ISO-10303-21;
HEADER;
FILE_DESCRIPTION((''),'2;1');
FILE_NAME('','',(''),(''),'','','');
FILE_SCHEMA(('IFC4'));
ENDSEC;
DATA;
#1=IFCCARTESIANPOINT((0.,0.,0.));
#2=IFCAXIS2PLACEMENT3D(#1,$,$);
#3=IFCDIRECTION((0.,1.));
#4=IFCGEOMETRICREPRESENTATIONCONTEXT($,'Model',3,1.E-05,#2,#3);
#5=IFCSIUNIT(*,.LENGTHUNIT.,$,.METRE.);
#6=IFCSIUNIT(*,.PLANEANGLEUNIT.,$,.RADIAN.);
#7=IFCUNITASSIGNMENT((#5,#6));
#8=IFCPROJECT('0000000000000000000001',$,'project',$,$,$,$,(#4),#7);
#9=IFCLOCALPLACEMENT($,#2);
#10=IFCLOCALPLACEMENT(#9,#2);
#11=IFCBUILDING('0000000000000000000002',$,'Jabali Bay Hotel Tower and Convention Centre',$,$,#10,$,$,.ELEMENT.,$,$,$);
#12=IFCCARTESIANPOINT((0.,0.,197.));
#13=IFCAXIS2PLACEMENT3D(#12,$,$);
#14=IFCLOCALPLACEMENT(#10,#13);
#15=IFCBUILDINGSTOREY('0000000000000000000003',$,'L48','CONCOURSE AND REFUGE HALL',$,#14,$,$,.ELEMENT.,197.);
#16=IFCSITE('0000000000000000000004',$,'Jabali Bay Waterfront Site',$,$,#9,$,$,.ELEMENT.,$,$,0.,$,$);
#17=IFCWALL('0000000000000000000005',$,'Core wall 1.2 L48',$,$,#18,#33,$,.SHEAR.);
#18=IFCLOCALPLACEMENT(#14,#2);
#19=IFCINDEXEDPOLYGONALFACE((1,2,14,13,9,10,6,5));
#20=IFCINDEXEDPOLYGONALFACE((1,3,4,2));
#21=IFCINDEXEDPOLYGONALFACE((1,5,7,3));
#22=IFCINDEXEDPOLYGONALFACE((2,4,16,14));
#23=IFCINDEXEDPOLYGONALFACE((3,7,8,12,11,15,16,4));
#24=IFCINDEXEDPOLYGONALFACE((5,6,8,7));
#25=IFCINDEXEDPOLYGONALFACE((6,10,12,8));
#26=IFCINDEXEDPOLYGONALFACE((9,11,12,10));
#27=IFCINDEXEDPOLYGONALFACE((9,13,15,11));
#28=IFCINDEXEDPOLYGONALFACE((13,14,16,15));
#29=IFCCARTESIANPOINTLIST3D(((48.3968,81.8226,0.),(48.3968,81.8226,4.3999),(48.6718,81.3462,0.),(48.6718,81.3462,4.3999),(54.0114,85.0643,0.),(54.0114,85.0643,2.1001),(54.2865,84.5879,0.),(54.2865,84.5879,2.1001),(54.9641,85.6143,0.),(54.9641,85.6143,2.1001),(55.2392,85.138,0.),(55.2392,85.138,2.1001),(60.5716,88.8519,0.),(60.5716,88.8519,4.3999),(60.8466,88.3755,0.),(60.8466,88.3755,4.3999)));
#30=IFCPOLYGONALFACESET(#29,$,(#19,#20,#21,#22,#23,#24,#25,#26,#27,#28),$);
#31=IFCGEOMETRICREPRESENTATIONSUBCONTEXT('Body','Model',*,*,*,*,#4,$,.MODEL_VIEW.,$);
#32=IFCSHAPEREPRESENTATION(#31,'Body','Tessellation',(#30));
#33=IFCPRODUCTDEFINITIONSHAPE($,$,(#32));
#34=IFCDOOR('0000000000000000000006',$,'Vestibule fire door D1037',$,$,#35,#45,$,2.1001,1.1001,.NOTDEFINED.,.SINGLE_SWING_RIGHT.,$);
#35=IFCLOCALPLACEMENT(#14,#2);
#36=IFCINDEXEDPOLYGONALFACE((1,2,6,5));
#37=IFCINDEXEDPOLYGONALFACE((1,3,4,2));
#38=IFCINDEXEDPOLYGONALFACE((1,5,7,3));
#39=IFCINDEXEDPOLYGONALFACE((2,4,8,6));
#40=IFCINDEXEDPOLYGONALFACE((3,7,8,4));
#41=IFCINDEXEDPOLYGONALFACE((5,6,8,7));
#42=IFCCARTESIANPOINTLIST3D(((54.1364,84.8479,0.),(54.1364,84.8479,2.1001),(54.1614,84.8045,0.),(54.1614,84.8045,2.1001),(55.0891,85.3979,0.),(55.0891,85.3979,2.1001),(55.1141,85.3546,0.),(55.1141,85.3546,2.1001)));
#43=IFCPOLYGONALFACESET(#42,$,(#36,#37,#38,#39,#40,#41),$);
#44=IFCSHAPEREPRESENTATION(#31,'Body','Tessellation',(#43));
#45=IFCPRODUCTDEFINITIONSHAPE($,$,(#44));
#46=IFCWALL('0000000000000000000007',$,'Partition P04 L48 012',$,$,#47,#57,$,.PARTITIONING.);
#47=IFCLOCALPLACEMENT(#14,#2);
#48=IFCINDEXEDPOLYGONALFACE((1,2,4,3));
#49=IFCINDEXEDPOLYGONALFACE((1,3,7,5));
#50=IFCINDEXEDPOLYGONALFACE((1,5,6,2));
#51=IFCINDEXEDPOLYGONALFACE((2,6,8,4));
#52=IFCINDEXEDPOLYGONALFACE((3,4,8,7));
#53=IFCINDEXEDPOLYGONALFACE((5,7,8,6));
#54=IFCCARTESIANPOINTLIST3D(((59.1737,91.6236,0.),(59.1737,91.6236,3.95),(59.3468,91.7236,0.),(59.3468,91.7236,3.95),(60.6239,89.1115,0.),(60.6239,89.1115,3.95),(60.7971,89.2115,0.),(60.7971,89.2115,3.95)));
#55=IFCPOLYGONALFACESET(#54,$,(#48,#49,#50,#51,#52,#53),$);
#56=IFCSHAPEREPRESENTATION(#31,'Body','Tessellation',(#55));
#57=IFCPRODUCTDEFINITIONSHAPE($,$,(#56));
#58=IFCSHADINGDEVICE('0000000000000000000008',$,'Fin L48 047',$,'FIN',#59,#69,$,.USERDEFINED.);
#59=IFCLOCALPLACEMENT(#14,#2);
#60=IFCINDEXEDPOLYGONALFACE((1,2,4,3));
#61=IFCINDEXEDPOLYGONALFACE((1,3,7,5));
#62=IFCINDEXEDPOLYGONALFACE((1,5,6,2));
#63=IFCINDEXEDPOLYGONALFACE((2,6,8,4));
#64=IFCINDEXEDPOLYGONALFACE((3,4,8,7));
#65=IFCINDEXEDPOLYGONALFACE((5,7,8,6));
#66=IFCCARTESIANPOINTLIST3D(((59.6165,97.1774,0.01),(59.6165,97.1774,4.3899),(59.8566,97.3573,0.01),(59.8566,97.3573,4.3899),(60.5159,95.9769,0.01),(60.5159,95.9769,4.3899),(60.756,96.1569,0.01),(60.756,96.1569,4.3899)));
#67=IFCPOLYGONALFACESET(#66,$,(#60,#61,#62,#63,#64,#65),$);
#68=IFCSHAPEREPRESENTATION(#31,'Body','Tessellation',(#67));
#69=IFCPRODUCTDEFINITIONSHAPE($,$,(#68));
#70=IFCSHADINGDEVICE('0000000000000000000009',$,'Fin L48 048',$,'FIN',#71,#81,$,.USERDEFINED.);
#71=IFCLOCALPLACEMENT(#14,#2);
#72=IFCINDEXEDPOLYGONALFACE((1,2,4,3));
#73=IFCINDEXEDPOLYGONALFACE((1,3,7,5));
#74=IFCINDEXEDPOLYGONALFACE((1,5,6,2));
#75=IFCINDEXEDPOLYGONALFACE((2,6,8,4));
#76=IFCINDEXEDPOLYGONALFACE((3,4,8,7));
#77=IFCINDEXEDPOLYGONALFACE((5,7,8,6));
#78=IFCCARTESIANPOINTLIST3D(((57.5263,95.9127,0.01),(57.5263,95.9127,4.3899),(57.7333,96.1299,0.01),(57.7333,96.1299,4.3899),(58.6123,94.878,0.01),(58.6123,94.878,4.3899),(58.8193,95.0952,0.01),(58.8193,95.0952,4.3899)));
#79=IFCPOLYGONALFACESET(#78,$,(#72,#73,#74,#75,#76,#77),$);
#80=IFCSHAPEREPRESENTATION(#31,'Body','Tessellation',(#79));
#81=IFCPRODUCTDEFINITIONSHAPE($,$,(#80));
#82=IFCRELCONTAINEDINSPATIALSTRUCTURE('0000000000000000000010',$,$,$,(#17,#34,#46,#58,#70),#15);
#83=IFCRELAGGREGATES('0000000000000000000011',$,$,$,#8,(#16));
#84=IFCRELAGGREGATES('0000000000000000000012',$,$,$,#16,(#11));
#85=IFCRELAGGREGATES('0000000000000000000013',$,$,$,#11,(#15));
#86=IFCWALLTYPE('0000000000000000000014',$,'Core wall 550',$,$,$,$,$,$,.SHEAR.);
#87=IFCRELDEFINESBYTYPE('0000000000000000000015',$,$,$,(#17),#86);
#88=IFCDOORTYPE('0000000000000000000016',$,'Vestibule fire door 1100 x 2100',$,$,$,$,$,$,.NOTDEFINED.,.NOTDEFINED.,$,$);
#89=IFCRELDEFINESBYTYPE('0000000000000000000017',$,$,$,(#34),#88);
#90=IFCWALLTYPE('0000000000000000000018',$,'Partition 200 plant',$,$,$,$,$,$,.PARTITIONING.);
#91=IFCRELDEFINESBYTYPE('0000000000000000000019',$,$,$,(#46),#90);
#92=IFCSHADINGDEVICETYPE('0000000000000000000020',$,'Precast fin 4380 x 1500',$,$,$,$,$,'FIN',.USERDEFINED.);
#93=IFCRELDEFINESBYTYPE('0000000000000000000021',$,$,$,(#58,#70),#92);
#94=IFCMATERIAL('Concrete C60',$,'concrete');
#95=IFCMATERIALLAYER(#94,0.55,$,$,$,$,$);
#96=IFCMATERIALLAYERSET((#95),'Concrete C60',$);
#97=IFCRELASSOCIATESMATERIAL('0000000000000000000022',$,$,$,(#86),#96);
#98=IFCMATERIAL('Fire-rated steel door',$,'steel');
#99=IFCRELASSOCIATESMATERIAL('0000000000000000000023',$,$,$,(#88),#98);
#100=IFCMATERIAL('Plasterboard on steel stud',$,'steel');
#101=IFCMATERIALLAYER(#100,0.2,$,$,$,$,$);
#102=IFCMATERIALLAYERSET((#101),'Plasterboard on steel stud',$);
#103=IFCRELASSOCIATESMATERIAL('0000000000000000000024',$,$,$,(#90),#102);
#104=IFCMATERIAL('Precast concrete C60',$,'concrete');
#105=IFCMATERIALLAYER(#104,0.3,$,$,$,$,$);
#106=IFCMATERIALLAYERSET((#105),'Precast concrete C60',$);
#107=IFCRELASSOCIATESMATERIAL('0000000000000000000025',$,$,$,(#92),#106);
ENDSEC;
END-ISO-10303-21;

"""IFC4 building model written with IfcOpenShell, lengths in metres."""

from ifc_helpers import new_model, si_unit, direction, frame, frame_2d, origin, place, context, subcontext, project, spatial, rectangle, extrude, material, layer, layer_set, type_object, element, fill, save


model = new_model("IFC4")

# Units and contexts
model_context = context("Model", 3, precision=1e-05, world=origin(), true_north=direction((0.0, 1.0)))
body_context = subcontext(model_context, "Body", "Model", "MODEL_VIEW")
ifc_project = project(units=[si_unit("LENGTHUNIT", "METRE"), si_unit("PLANEANGLEUNIT", "RADIAN")], contexts=[model_context])

# Site, building, storey
site_placement = place(None, origin())
site = spatial("IfcSite", under=ifc_project, at=site_placement, Name="Jabali Bay Waterfront Site", CompositionType="ELEMENT", RefElevation=0.0)
building_placement = place(site_placement, origin())
building = spatial("IfcBuilding", under=site, at=building_placement, Name="Jabali Bay Hotel Tower and Convention Centre", CompositionType="ELEMENT")
storey_placement = place(building_placement, frame((0.0, 0.0, 197.0)))
storey = spatial("IfcBuildingStorey", under=building, at=storey_placement, Name="L48", Description="CONCOURSE AND REFUGE HALL", CompositionType="ELEMENT", Elevation=197.0)

# Shared definitions
ifc_material_1 = material(Name="Fire-rated steel door", Category="steel")

# Wall, opening, door
ifc_material_2 = material(Name="Concrete C60", Category="concrete")
ifc_layer_1 = layer(ifc_material_2, 0.55)
ifc_layer_set_1 = layer_set([ifc_layer_1], Name="Concrete C60")
wall_type_1 = type_object("IfcWallType", Name="Core wall 550", PredefinedType="SHEAR", material=ifc_layer_set_1)
wall_1_placement = place(storey_placement, frame((60.7092, 88.6138, 0.0), z_axis=(0.0, 0.0, 1.0), x_axis=(-0.86602, -0.500009, 0.0)))
wall_1 = element("IfcWall", 1, at=wall_1_placement, inside=storey, type_object=wall_type_1, Name="Core wall 1.2 L48", PredefinedType="SHEAR", context=body_context, shape_type="SweptSolid", body=[
    extrude(rectangle(XDim=14.0583, YDim=0.55, at=frame_2d((7.0293, 0.0))), origin(), (0.0, 0.0, 1.0), 4.3999),
])
opening_1_placement = place(wall_1_placement, frame((6.4751, 0.0, 0.0)))
opening_1 = element("IfcOpeningElement", 2, at=opening_1_placement, cuts=wall_1, PredefinedType="OPENING", context=body_context, shape_type="SweptSolid", body=[
    extrude(rectangle(XDim=1.1001, YDim=2.1001, at=frame_2d((0.55, 1.05))), frame((0.0, 0.2856, 0.0), z_axis=(0.0, -1.0, 0.0), x_axis=(1.0, 0.0, 0.0)), (0.0, 0.0, 1.0), 0.571),
])
door_type_1 = type_object("IfcDoorType", Name="Vestibule fire door 1100 x 2100", OperationType="NOTDEFINED", PredefinedType="NOTDEFINED", material=ifc_material_1)
door_1_placement = place(opening_1_placement, origin())
door_1 = element("IfcDoor", 3, at=door_1_placement, inside=storey, type_object=door_type_1, Name="Vestibule fire door D1037", OperationType="SINGLE_SWING_RIGHT", OverallHeight=2.1001, OverallWidth=1.1001, PredefinedType="NOTDEFINED", context=body_context, shape_type="SweptSolid", body=[
    extrude(rectangle(XDim=1.1001, YDim=2.1001, at=frame_2d((0.55, 1.05))), frame((0.0, 0.0249, 0.0), z_axis=(0.0, -1.0, 0.0), x_axis=(1.0, 0.0, 0.0)), (0.0, 0.0, 1.0), 0.05),
])
fill(opening_1, door_1)

# Wall
ifc_material_3 = material(Name="Plasterboard on steel stud", Category="steel")
ifc_layer_2 = layer(ifc_material_3, 0.2)
ifc_layer_set_2 = layer_set([ifc_layer_2], Name="Plasterboard on steel stud")
wall_type_2 = type_object("IfcWallType", Name="Partition 200 plant", PredefinedType="PARTITIONING", material=ifc_layer_set_2)
wall_2_placement = place(storey_placement, frame((60.7104, 89.1616, 0.0), z_axis=(0.0, 0.0, 1.0), x_axis=(-0.499977, 0.866038, 0.0)))
element("IfcWall", 4, at=wall_2_placement, inside=storey, type_object=wall_type_2, Name="Partition P04 L48 012", PredefinedType="PARTITIONING", context=body_context, shape_type="SweptSolid", body=[
    extrude(rectangle(XDim=2.9006, YDim=0.2, at=frame_2d((1.4502, 0.0))), origin(), (0.0, 0.0, 1.0), 3.95),
])

# Shading devices
ifc_material_4 = material(Name="Precast concrete C60", Category="concrete")
ifc_layer_3 = layer(ifc_material_4, 0.3)
ifc_layer_set_3 = layer_set([ifc_layer_3], Name="Precast concrete C60")
shading_device_type = type_object("IfcShadingDeviceType", Name="Precast fin 4380 x 1500", ElementType="FIN", PredefinedType="USERDEFINED", material=ifc_layer_set_3)
for number, where, z_axis, x_axis, name in (
    (5, (60.636, 96.0669, 0.01), (0.0, 0.0, 1.0), (-0.599609, 0.800293, 0.0), "Fin L48 047"),
    (6, (58.7158, 94.9866, 0.01), (0.0, 0.0, 1.0), (-0.723991, 0.68981, 0.0), "Fin L48 048"),
):
    element("IfcShadingDevice", number, at=place(storey_placement, frame(where, z_axis=z_axis, x_axis=x_axis)), inside=storey, type_object=shading_device_type, Name=name, ObjectType="FIN", PredefinedType="USERDEFINED", context=body_context, shape_type="SweptSolid", body=[
        extrude(rectangle(XDim=1.5, YDim=0.3, at=frame_2d((0.75, 0.0))), origin(), (0.0, 0.0, 1.0), 4.3799),
    ])

save(model, "model.ifc")
